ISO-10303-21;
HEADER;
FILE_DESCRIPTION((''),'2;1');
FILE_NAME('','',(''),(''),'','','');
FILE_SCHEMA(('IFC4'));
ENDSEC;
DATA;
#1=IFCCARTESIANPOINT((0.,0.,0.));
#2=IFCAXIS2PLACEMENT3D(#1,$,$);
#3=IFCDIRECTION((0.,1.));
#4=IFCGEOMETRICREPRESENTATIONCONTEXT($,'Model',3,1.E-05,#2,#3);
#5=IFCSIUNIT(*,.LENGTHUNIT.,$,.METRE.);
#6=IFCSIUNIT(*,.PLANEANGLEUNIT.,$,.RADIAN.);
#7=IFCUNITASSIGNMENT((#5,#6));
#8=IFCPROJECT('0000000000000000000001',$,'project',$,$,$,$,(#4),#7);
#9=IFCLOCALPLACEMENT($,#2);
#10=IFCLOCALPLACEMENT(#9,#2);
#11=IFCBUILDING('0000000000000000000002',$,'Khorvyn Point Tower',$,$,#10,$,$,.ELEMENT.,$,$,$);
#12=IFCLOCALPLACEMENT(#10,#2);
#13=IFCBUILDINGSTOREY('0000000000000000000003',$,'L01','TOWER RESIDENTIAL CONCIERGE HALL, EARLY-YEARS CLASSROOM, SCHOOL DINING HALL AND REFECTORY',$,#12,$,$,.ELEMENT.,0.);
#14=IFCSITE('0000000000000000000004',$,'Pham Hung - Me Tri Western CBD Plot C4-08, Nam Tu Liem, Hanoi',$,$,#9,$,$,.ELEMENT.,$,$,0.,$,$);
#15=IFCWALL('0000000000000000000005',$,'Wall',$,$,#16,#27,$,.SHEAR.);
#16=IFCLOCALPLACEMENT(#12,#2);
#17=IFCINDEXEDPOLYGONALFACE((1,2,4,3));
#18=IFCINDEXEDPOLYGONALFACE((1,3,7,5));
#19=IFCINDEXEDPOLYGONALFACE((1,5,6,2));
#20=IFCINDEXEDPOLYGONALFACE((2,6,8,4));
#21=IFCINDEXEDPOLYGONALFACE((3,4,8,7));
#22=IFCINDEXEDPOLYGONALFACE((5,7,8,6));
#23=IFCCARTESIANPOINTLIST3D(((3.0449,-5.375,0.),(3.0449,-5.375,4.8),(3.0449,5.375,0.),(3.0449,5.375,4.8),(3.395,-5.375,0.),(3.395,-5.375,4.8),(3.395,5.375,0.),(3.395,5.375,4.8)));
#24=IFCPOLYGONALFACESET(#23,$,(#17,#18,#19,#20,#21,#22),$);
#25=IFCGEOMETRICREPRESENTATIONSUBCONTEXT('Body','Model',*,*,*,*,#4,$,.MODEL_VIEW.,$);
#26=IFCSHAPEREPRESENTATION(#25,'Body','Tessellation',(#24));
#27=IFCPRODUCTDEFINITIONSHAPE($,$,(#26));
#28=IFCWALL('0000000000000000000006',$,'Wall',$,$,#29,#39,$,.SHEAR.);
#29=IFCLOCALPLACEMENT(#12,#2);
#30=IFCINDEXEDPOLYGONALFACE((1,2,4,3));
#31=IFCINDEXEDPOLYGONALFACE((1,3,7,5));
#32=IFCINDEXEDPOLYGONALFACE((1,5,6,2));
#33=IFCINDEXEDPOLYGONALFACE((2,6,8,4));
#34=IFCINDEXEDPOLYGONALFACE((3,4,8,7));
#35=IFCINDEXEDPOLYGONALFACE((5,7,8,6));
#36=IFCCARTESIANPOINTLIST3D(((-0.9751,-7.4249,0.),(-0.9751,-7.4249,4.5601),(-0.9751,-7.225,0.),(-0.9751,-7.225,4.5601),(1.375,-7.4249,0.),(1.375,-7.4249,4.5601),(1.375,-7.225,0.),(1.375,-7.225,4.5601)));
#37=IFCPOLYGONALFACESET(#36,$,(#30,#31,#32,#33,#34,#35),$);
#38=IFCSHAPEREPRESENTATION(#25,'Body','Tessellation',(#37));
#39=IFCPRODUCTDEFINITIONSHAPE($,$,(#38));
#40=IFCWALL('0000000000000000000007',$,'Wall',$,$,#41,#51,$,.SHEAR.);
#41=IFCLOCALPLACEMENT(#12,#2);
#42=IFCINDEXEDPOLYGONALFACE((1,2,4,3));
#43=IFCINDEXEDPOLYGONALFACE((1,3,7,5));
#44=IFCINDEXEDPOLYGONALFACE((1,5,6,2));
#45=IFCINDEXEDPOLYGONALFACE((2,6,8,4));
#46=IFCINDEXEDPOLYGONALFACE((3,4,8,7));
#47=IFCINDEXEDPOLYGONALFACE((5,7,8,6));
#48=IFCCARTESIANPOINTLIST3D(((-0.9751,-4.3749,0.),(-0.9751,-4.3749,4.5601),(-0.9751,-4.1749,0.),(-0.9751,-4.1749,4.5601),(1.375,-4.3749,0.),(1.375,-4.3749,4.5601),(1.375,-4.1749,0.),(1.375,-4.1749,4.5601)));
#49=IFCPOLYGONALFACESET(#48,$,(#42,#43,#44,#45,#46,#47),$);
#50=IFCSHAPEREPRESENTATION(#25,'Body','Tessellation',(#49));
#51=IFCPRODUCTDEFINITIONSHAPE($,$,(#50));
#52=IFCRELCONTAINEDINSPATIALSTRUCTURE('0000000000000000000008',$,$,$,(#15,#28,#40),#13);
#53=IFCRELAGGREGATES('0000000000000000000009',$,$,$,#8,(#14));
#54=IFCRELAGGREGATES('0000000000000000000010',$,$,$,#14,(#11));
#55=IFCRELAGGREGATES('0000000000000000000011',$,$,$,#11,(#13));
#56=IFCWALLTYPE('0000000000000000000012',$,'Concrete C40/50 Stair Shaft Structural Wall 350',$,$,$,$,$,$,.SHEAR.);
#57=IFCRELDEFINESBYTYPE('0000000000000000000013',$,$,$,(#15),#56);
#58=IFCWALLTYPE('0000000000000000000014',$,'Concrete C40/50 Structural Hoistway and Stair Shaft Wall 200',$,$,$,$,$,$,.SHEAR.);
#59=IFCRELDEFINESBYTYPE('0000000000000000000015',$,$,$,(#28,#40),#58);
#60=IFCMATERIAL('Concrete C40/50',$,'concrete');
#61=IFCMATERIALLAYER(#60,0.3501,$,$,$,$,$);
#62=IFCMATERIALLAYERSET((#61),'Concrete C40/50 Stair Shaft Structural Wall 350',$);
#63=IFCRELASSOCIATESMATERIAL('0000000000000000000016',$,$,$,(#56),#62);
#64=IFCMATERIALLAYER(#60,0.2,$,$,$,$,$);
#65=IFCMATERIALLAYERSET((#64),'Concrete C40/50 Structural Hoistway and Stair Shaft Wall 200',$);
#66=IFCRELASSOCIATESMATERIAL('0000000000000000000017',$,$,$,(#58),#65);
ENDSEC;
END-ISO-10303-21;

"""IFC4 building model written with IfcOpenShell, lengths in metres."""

from ifc_helpers import new_model, si_unit, direction, frame, frame_2d, origin, place, context, subcontext, project, spatial, rectangle, extrude, material, layer, layer_set, type_object, element, save


model = new_model("IFC4")

# Units and contexts
model_context = context("Model", 3, precision=1e-05, world=origin(), true_north=direction((0.0, 1.0)))
body_context = subcontext(model_context, "Body", "Model", "MODEL_VIEW")
ifc_project = project(units=[si_unit("LENGTHUNIT", "METRE"), si_unit("PLANEANGLEUNIT", "RADIAN")], contexts=[model_context])

# Site, building, storey
site_placement = place(None, origin())
site = spatial("IfcSite", under=ifc_project, at=site_placement, Name="Pham Hung - Me Tri Western CBD Plot C4-08, Nam Tu Liem, Hanoi", CompositionType="ELEMENT", RefElevation=0.0)
building_placement = place(site_placement, origin())
building = spatial("IfcBuilding", under=site, at=building_placement, Name="Khorvyn Point Tower", CompositionType="ELEMENT")
storey_placement = place(building_placement, origin())
storey = spatial("IfcBuildingStorey", under=building, at=storey_placement, Name="L01", Description="TOWER RESIDENTIAL CONCIERGE HALL, EARLY-YEARS CLASSROOM, SCHOOL DINING HALL AND REFECTORY", CompositionType="ELEMENT", Elevation=0.0)

# Shared definitions
ifc_material_1 = material(Name="Concrete C40/50", Category="concrete")

# Walls
ifc_layer_1 = layer(ifc_material_1, 0.3501)
ifc_layer_set_1 = layer_set([ifc_layer_1], Name="Concrete C40/50 Stair Shaft Structural Wall 350")
wall_type_1 = type_object("IfcWallType", Name="Concrete C40/50 Stair Shaft Structural Wall 350", PredefinedType="SHEAR", material=ifc_layer_set_1)
wall_1_placement = place(storey_placement, frame((3.22, -5.375, 0.0), z_axis=(0.0, 0.0, 1.0), x_axis=(0.0, 1.0, 0.0)))
element("IfcWall", 1, at=wall_1_placement, inside=storey, type_object=wall_type_1, Name="Wall", PredefinedType="SHEAR", context=body_context, shape_type="SweptSolid", body=[
    extrude(rectangle(XDim=10.75, YDim=0.3501, at=frame_2d((5.375, 0.0))), origin(), (0.0, 0.0, 1.0), 4.8),
])
ifc_layer_2 = layer(ifc_material_1, 0.2)
ifc_layer_set_2 = layer_set([ifc_layer_2], Name="Concrete C40/50 Structural Hoistway and Stair Shaft Wall 200")
wall_type_2 = type_object("IfcWallType", Name="Concrete C40/50 Structural Hoistway and Stair Shaft Wall 200", PredefinedType="SHEAR", material=ifc_layer_set_2)
for number, where, z_axis, x_axis, name in (
    (2, (-0.9751, -7.325, 0.0), (0.0, 0.0, 1.0), (1.0, 0.0, 0.0), "Wall"),
    (3, (-0.9751, -4.2749, 0.0), (0.0, 0.0, 1.0), (1.0, 0.0, 0.0), "Wall"),
):
    element("IfcWall", number, at=place(storey_placement, frame(where, z_axis=z_axis, x_axis=x_axis)), inside=storey, type_object=wall_type_2, Name=name, PredefinedType="SHEAR", context=body_context, shape_type="SweptSolid", body=[
        extrude(rectangle(XDim=2.3501, YDim=0.2, at=frame_2d((1.175, 0.0))), origin(), (0.0, 0.0, 1.0), 4.5601),
    ])

save(model, "model.ifc")
